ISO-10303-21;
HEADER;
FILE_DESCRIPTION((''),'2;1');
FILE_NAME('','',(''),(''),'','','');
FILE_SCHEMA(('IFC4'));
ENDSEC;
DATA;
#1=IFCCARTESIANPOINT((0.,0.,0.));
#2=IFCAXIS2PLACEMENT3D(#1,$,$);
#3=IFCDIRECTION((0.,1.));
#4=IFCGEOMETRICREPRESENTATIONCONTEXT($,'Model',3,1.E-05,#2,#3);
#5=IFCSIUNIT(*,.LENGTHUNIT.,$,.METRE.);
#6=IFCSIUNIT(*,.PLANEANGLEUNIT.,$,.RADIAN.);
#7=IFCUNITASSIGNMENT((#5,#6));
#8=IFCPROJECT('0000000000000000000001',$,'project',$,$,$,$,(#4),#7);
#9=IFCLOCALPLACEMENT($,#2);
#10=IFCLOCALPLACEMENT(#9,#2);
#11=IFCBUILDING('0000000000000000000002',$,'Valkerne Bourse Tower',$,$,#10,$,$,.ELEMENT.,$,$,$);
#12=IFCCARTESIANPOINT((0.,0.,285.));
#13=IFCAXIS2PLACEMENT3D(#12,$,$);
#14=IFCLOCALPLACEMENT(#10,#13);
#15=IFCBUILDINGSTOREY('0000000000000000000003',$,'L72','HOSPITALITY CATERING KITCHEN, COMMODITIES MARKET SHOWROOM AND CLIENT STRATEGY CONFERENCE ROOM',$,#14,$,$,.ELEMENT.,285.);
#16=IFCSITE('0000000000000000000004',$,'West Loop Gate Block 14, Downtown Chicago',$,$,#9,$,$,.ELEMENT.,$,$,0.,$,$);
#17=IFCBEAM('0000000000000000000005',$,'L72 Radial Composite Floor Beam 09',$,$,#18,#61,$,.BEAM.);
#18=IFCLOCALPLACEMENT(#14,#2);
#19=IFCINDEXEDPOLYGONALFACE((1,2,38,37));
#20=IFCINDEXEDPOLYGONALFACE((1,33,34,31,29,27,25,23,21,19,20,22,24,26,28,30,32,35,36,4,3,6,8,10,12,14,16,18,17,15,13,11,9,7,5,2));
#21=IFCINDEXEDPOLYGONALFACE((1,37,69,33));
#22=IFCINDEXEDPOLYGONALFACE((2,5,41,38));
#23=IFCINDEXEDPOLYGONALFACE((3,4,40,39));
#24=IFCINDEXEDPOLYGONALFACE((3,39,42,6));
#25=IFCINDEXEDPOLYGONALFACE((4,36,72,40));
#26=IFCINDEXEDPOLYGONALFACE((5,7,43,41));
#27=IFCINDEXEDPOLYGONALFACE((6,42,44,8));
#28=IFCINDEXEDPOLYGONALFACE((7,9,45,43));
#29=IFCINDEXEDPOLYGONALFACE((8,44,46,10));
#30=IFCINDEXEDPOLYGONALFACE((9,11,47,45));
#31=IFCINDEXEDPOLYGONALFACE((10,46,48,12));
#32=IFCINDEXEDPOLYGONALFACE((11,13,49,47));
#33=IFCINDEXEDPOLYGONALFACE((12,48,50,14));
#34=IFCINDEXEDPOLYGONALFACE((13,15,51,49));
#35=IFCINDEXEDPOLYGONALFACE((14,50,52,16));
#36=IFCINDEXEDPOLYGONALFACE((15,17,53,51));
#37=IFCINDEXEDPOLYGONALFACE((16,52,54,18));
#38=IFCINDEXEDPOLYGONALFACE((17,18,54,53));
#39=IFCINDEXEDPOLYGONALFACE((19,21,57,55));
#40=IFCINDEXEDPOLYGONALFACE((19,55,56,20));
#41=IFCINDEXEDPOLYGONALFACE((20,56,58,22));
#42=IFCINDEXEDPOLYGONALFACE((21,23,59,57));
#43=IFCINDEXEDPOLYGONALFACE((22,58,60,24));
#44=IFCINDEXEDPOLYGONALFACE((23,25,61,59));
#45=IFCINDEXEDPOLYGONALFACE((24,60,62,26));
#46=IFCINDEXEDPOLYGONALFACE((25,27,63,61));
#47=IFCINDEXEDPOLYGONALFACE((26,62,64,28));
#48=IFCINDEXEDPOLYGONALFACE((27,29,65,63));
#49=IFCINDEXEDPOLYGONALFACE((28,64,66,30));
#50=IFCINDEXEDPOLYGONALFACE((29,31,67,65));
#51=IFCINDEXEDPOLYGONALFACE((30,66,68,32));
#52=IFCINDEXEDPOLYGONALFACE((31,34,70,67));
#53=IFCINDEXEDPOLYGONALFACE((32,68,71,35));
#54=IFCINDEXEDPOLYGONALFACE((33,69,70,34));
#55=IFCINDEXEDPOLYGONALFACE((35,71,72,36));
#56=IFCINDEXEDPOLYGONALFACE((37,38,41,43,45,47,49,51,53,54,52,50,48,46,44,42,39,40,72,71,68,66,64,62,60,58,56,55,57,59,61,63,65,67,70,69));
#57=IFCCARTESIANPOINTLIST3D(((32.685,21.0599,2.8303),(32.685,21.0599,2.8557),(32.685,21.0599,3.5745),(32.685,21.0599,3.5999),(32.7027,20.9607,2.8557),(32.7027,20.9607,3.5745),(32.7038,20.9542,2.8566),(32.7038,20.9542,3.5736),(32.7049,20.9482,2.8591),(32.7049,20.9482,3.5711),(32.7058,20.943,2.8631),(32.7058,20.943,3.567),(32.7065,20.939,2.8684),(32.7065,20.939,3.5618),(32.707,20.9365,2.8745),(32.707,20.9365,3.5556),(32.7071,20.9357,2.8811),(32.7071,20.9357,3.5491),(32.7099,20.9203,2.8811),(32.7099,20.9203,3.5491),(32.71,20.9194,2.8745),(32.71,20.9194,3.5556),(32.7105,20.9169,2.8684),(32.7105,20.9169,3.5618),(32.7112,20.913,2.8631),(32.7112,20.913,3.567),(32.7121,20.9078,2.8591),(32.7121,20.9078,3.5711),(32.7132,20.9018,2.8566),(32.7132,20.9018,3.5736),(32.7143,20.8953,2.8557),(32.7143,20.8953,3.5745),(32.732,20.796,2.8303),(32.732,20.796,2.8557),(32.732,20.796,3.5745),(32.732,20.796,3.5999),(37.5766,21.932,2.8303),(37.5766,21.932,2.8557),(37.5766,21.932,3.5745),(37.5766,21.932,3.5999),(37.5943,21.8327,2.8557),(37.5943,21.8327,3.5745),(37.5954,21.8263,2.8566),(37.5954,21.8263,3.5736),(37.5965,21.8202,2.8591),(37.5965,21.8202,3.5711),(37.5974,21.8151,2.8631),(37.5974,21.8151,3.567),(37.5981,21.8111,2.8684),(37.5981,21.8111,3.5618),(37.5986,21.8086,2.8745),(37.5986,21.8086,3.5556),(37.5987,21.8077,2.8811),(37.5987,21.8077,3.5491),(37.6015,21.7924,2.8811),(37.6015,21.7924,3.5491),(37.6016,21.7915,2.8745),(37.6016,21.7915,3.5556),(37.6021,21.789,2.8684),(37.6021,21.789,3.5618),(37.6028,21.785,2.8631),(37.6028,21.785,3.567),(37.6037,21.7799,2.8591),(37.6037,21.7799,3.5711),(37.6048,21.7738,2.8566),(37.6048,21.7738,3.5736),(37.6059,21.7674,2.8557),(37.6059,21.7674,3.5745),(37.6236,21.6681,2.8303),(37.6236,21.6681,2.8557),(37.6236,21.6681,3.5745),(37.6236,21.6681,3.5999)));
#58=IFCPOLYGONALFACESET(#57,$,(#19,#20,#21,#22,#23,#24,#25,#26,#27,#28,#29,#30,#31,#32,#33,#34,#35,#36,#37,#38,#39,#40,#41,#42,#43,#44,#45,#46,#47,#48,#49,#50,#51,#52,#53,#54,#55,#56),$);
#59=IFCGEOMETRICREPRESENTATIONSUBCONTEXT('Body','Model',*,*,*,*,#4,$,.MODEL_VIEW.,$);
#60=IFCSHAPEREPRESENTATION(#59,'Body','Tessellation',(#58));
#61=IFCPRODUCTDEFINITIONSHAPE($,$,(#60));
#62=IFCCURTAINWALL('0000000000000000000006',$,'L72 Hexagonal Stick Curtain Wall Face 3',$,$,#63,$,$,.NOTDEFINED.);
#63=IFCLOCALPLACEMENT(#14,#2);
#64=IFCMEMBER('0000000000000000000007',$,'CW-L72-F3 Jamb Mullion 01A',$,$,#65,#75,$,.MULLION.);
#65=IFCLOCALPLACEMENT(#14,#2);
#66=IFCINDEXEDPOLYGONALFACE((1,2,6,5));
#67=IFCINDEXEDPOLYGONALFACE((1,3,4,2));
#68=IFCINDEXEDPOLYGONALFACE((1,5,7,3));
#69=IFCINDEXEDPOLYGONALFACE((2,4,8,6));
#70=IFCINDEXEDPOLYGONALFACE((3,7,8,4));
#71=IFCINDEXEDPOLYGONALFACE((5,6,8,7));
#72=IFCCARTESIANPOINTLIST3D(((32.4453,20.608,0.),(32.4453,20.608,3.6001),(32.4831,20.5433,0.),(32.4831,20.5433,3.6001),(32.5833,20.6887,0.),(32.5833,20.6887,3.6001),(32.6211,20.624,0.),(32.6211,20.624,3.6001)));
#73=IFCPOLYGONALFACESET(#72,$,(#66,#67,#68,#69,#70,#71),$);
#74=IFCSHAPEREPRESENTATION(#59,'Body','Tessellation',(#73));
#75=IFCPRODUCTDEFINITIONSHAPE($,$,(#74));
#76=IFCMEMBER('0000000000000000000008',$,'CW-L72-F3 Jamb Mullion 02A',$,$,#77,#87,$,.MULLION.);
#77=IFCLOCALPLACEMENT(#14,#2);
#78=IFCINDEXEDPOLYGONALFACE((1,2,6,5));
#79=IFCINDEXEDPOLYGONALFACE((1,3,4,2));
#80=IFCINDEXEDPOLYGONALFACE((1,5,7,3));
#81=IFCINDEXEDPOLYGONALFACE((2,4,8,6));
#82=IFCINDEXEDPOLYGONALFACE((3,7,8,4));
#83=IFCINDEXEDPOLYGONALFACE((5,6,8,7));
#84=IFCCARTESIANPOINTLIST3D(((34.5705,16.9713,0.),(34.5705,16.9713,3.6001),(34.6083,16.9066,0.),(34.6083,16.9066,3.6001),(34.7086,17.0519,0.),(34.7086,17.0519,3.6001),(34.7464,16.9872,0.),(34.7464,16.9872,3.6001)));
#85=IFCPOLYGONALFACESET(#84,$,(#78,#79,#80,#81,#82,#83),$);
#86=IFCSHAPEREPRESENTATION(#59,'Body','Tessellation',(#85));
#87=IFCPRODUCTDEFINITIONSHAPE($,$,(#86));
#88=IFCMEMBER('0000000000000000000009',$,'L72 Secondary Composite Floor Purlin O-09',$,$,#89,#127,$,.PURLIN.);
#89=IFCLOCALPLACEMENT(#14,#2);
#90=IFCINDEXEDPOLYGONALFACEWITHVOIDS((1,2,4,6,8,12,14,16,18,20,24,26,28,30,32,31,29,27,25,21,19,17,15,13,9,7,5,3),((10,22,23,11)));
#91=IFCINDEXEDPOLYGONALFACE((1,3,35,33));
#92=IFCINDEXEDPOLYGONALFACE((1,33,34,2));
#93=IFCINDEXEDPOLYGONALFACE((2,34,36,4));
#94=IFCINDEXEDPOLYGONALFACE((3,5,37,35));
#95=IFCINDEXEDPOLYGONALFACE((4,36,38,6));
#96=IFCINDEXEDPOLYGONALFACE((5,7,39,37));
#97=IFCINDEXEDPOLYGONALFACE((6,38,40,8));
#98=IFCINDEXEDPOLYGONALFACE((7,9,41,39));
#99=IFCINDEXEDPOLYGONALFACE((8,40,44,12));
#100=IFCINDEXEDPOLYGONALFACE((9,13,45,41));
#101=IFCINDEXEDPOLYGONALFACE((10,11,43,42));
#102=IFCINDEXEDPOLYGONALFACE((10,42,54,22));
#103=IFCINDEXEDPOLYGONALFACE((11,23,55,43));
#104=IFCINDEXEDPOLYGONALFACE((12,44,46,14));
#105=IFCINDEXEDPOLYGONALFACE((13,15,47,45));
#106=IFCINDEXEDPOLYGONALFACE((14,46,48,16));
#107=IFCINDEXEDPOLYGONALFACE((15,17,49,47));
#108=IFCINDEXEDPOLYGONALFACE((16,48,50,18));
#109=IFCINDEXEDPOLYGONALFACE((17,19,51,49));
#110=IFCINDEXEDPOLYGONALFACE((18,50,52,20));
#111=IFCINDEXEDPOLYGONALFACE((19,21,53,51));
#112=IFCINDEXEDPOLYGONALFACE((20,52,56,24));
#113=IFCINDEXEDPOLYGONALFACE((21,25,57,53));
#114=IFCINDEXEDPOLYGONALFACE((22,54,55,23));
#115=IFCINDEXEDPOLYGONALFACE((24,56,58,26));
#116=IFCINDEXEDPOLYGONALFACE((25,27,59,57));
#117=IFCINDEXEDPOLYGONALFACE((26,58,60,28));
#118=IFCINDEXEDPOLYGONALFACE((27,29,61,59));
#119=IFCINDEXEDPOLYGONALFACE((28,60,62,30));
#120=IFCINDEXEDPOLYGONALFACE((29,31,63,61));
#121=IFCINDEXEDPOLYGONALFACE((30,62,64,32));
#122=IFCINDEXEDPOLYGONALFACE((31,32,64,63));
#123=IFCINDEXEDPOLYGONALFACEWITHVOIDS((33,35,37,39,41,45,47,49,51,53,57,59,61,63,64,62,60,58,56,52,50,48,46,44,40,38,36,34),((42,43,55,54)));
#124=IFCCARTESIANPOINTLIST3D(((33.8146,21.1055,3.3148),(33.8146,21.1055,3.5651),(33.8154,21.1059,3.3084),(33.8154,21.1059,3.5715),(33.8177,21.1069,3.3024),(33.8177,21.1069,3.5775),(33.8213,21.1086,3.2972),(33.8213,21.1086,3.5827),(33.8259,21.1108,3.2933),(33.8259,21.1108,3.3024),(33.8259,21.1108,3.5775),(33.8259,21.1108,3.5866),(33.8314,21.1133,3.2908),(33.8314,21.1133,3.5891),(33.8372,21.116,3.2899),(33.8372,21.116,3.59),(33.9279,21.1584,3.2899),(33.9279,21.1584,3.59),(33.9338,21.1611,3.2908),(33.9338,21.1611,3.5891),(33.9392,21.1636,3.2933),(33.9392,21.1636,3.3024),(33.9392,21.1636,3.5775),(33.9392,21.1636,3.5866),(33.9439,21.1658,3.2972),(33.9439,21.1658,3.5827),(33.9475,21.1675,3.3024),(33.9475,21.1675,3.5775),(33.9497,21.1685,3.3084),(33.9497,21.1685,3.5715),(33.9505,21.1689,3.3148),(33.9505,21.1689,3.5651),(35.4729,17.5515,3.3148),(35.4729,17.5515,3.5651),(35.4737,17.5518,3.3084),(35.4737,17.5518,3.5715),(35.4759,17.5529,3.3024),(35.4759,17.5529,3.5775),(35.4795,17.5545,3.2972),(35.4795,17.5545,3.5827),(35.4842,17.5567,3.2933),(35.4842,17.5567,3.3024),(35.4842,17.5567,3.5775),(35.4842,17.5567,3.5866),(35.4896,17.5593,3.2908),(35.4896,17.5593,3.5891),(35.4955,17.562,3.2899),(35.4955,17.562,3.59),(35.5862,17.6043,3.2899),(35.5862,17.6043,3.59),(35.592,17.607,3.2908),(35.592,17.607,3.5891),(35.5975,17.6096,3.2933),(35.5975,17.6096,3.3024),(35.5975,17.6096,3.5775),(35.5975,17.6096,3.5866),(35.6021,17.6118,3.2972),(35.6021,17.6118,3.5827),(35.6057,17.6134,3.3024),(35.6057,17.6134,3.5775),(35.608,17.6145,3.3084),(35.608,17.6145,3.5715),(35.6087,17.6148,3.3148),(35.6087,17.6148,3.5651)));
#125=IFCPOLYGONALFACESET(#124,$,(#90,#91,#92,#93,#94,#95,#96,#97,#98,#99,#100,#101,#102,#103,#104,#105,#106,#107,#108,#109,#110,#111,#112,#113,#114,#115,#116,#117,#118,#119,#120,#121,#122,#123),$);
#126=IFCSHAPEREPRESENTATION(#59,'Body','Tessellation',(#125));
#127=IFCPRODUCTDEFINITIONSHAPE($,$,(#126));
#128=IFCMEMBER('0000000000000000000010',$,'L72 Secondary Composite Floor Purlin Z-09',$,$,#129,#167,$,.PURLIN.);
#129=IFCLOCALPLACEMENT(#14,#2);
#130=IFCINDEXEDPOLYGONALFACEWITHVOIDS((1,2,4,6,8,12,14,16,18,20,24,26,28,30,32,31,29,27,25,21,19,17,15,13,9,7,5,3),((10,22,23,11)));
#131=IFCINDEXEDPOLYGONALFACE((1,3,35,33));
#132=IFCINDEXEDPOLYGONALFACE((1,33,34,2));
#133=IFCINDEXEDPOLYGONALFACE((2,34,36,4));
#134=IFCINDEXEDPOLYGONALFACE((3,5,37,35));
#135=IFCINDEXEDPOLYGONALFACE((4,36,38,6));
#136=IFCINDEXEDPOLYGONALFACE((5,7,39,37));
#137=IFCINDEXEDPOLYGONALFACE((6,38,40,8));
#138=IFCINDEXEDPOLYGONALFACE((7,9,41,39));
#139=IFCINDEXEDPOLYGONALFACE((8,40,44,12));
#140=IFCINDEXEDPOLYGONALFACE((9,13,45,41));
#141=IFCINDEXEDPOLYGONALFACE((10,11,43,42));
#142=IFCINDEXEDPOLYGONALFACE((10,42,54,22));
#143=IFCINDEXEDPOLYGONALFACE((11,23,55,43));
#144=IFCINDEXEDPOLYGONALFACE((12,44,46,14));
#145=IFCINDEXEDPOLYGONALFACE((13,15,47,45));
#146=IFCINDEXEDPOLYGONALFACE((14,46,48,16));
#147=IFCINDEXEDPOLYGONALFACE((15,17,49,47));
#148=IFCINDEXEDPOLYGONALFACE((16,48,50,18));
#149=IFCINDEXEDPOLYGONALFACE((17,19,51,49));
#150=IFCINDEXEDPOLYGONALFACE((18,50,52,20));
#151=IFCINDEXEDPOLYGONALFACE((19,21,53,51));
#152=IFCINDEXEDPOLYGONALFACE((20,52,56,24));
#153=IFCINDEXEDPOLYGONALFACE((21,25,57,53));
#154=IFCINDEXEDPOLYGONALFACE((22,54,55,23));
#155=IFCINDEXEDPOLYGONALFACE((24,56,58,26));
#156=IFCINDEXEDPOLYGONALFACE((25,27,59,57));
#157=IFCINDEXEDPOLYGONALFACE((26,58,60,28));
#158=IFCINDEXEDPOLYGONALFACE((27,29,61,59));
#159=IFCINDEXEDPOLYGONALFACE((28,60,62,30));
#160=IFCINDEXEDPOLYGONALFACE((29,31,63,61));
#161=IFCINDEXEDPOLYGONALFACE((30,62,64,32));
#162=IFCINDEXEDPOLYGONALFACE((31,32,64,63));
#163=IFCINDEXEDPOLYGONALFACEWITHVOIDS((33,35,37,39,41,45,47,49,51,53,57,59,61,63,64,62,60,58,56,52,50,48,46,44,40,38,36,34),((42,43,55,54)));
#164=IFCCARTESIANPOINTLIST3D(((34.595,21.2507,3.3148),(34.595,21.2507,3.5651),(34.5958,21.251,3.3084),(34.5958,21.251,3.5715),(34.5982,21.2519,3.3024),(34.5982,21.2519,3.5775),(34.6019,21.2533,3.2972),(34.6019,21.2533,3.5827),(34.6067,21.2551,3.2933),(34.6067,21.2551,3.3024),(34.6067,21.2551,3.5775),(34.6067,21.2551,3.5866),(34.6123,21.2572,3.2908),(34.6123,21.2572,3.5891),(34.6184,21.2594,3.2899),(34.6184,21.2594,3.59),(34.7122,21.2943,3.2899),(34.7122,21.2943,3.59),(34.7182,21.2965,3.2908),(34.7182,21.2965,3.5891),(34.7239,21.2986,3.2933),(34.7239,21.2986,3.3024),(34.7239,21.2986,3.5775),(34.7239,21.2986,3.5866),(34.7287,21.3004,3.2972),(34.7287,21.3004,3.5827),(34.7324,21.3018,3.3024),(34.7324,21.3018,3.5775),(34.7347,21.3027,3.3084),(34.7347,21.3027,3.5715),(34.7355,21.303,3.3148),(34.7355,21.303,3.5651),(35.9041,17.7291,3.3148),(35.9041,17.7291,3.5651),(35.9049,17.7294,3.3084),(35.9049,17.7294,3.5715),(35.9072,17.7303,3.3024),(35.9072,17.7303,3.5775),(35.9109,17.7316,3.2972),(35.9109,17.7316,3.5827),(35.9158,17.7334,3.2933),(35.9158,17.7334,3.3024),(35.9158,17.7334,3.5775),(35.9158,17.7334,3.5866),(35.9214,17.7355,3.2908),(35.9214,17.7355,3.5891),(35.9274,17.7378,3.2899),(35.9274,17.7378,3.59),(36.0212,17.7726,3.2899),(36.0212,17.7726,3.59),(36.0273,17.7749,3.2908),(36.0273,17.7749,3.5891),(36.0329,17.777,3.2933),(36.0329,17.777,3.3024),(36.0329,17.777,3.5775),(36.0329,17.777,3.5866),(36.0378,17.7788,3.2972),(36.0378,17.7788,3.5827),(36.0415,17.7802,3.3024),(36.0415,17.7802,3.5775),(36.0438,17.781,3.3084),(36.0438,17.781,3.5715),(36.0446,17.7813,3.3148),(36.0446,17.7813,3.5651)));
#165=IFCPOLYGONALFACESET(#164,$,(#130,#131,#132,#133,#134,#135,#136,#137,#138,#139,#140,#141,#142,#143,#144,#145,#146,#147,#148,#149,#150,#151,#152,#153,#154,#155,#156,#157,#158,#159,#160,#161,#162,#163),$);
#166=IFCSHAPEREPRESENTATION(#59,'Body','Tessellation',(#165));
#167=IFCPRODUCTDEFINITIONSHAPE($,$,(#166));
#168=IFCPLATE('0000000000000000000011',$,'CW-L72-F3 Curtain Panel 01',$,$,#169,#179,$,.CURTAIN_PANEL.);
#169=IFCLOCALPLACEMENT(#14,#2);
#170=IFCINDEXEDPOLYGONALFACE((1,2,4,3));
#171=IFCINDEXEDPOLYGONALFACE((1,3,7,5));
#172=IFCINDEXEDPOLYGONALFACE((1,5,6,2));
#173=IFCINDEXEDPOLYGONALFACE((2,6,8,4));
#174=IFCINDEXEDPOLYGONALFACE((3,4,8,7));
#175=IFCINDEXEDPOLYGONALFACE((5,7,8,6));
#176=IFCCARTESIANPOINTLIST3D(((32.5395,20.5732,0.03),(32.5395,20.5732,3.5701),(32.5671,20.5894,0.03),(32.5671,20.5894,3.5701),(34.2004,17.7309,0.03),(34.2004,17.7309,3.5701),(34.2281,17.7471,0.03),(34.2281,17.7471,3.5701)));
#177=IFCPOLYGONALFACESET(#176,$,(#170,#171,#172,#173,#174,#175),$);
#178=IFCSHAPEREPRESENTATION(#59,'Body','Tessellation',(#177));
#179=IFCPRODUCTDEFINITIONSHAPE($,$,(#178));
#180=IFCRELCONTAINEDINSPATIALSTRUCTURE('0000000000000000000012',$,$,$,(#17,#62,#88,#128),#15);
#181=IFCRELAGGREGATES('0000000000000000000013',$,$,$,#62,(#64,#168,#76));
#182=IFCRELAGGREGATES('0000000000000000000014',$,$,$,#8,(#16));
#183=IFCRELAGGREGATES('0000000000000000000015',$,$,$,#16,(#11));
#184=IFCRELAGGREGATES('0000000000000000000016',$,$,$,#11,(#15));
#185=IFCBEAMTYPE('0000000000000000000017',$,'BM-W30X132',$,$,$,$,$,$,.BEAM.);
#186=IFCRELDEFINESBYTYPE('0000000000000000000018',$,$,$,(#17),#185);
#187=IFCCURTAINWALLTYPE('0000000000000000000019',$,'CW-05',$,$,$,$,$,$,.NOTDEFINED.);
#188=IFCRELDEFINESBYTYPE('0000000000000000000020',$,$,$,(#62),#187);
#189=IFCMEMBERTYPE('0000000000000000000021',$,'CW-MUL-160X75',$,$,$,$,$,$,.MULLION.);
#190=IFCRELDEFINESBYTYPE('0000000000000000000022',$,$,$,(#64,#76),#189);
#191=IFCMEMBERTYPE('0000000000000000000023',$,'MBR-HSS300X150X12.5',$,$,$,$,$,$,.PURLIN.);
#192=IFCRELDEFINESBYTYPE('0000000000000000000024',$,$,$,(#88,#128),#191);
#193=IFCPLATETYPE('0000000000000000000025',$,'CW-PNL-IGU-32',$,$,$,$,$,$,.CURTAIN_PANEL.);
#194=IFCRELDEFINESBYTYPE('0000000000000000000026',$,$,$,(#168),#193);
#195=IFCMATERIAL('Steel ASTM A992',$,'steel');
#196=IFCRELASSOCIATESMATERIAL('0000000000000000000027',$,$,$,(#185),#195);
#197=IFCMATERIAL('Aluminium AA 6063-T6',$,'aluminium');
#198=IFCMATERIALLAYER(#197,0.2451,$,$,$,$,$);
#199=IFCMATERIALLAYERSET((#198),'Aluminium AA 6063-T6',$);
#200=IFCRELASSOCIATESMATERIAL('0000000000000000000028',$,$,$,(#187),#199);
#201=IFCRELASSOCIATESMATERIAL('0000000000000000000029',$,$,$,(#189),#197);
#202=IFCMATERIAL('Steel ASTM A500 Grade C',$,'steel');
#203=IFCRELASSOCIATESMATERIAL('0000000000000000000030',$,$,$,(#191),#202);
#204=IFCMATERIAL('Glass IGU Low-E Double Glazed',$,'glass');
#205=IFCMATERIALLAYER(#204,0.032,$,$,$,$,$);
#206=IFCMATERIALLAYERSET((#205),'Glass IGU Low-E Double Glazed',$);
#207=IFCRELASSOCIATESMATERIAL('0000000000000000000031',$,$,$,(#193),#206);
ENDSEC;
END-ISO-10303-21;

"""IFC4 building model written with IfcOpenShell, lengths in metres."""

from ifc_helpers import new_model, si_unit, direction, frame, origin, origin_2d, place, context, subcontext, project, spatial, rectangle, hollow_rectangle, i_section, extrude, material, layer, layer_set, material_profile, profile_set, type_object, element, aggregate, save


model = new_model("IFC4")

# Units and contexts
model_context = context("Model", 3, precision=1e-05, world=origin(), true_north=direction((0.0, 1.0)))
body_context = subcontext(model_context, "Body", "Model", "MODEL_VIEW")
ifc_project = project(units=[si_unit("LENGTHUNIT", "METRE"), si_unit("PLANEANGLEUNIT", "RADIAN")], contexts=[model_context])

# Site, building, storey
site_placement = place(None, origin())
site = spatial("IfcSite", under=ifc_project, at=site_placement, Name="West Loop Gate Block 14, Downtown Chicago", CompositionType="ELEMENT", RefElevation=0.0)
building_placement = place(site_placement, origin())
building = spatial("IfcBuilding", under=site, at=building_placement, Name="Valkerne Bourse Tower", CompositionType="ELEMENT")
storey_placement = place(building_placement, frame((0.0, 0.0, 285.0)))
storey = spatial("IfcBuildingStorey", under=building, at=storey_placement, Name="L72", Description="HOSPITALITY CATERING KITCHEN, COMMODITIES MARKET SHOWROOM AND CLIENT STRATEGY CONFERENCE ROOM", CompositionType="ELEMENT", Elevation=285.0)

# Beam
ifc_material_1 = material(Name="Steel ASTM A992", Category="steel")
ifc_material_profile_1 = material_profile(ifc_material_1, i_section(OverallWidth=0.2681, OverallDepth=0.7695, WebThickness=0.0156, FlangeThickness=0.0254, FilletRadius=0.0254, at=origin_2d()), Name="W30X132")
ifc_profile_set_1 = profile_set([ifc_material_profile_1], Name="Steel ASTM A992")
beam_type_1 = type_object("IfcBeamType", Name="BM-W30X132", PredefinedType="BEAM", material=ifc_profile_set_1)
beam_1_placement = place(storey_placement, frame((32.7085, 20.928, 3.2151), z_axis=(0.984477, 0.175512, 0.0), x_axis=(-0.175512, 0.984477, 0.0)))
element("IfcBeam", 1, at=beam_1_placement, inside=storey, type_object=beam_type_1, Name="L72 Radial Composite Floor Beam 09", PredefinedType="BEAM", context=body_context, shape_type="SweptSolid", body=[
    extrude(i_section(OverallWidth=0.2681, OverallDepth=0.7695, WebThickness=0.0156, FlangeThickness=0.0254, FilletRadius=0.0254, at=origin_2d()), origin(), (0.0, 0.0, 1.0), 4.9688),
])

# Curtain wall, members
ifc_material_2 = material(Name="Aluminium AA 6063-T6", Category="aluminium")
ifc_layer_1 = layer(ifc_material_2, 0.2451)
ifc_layer_set_1 = layer_set([ifc_layer_1], Name="Aluminium AA 6063-T6")
curtain_wall_type = type_object("IfcCurtainWallType", Name="CW-05", PredefinedType="NOTDEFINED", material=ifc_layer_set_1)
curtain_wall_placement = place(storey_placement, origin())
curtain_wall = element("IfcCurtainWall", 2, at=curtain_wall_placement, inside=storey, type_object=curtain_wall_type, Name="L72 Hexagonal Stick Curtain Wall Face 3", PredefinedType="NOTDEFINED")
ifc_material_profile_2 = material_profile(ifc_material_2, rectangle(XDim=0.075, YDim=0.1599, at=origin_2d()), Name="CWM-75X160")
ifc_profile_set_2 = profile_set([ifc_material_profile_2], Name="Aluminium AA 6063-T6")
member_type_1 = type_object("IfcMemberType", Name="CW-MUL-160X75", PredefinedType="MULLION", material=ifc_profile_set_2)
member_1_placement = place(storey_placement, frame((32.5332, 20.616, 0.0), z_axis=(0.0, 0.0, 1.0), x_axis=(0.504535, -0.863391, 0.0)))
member_1 = element("IfcMember", 3, at=member_1_placement, type_object=member_type_1, Name="CW-L72-F3 Jamb Mullion 01A", PredefinedType="MULLION", context=body_context, shape_type="SweptSolid", body=[
    extrude(rectangle(XDim=0.075, YDim=0.1599, at=origin_2d()), origin(), (0.0, 0.0, 1.0), 3.6001),
])
member_2_placement = place(storey_placement, frame((34.6584, 16.9792, 0.0), z_axis=(0.0, 0.0, 1.0), x_axis=(0.504535, -0.863391, 0.0)))
member_2 = element("IfcMember", 4, at=member_2_placement, type_object=member_type_1, Name="CW-L72-F3 Jamb Mullion 02A", PredefinedType="MULLION", context=body_context, shape_type="SweptSolid", body=[
    extrude(rectangle(XDim=0.075, YDim=0.1599, at=origin_2d()), origin(), (0.0, 0.0, 1.0), 3.6001),
])

# Members
ifc_material_3 = material(Name="Steel ASTM A500 Grade C", Category="steel")
ifc_material_profile_3 = material_profile(ifc_material_3, hollow_rectangle(XDim=0.1499, YDim=0.3, WallThickness=0.0125, OuterFilletRadius=0.0249, at=origin_2d()), Name="HSS300X150X12.5")
ifc_profile_set_3 = profile_set([ifc_material_profile_3], Name="Steel ASTM A500 Grade C")
member_type_2 = type_object("IfcMemberType", Name="MBR-HSS300X150X12.5", PredefinedType="PURLIN", material=ifc_profile_set_3)
member_3_placement = place(storey_placement, frame((33.8826, 21.1372, 3.4399), z_axis=(0.422821, -0.906213, 0.0), x_axis=(0.906213, 0.422821, 0.0)))
element("IfcMember", 5, at=member_3_placement, inside=storey, type_object=member_type_2, Name="L72 Secondary Composite Floor Purlin O-09", PredefinedType="PURLIN", context=body_context, shape_type="SweptSolid", body=[
    extrude(hollow_rectangle(XDim=0.1499, YDim=0.3, WallThickness=0.0125, OuterFilletRadius=0.0249, at=origin_2d()), origin(), (0.0, 0.0, 1.0), 3.9219),
])
member_4_placement = place(storey_placement, frame((34.6653, 21.2769, 3.4399), z_axis=(0.348423, -0.937337, 0.0), x_axis=(0.937337, 0.348423, 0.0)))
element("IfcMember", 6, at=member_4_placement, inside=storey, type_object=member_type_2, Name="L72 Secondary Composite Floor Purlin Z-09", PredefinedType="PURLIN", context=body_context, shape_type="SweptSolid", body=[
    extrude(hollow_rectangle(XDim=0.1499, YDim=0.3, WallThickness=0.0125, OuterFilletRadius=0.0249, at=origin_2d()), origin(), (0.0, 0.0, 1.0), 3.7571),
])

# Plate
ifc_material_4 = material(Name="Glass IGU Low-E Double Glazed", Category="glass")
ifc_layer_2 = layer(ifc_material_4, 0.032)
ifc_layer_set_2 = layer_set([ifc_layer_2], Name="Glass IGU Low-E Double Glazed")
plate_type = type_object("IfcPlateType", Name="CW-PNL-IGU-32", PredefinedType="CURTAIN_PANEL", material=ifc_layer_set_2)
plate_placement = place(storey_placement, frame((33.3838, 19.1602, 0.03), z_axis=(0.0, 0.0, 1.0), x_axis=(0.504535, -0.863391, 0.0)))
plate = element("IfcPlate", 7, at=plate_placement, type_object=plate_type, Name="CW-L72-F3 Curtain Panel 01", PredefinedType="CURTAIN_PANEL", context=body_context, shape_type="SweptSolid", body=[
    extrude(rectangle(XDim=3.292, YDim=0.032, at=origin_2d()), origin(), (0.0, 0.0, 1.0), 3.54),
])
aggregate(curtain_wall, [member_1, plate, member_2])

save(model, "model.ifc")
